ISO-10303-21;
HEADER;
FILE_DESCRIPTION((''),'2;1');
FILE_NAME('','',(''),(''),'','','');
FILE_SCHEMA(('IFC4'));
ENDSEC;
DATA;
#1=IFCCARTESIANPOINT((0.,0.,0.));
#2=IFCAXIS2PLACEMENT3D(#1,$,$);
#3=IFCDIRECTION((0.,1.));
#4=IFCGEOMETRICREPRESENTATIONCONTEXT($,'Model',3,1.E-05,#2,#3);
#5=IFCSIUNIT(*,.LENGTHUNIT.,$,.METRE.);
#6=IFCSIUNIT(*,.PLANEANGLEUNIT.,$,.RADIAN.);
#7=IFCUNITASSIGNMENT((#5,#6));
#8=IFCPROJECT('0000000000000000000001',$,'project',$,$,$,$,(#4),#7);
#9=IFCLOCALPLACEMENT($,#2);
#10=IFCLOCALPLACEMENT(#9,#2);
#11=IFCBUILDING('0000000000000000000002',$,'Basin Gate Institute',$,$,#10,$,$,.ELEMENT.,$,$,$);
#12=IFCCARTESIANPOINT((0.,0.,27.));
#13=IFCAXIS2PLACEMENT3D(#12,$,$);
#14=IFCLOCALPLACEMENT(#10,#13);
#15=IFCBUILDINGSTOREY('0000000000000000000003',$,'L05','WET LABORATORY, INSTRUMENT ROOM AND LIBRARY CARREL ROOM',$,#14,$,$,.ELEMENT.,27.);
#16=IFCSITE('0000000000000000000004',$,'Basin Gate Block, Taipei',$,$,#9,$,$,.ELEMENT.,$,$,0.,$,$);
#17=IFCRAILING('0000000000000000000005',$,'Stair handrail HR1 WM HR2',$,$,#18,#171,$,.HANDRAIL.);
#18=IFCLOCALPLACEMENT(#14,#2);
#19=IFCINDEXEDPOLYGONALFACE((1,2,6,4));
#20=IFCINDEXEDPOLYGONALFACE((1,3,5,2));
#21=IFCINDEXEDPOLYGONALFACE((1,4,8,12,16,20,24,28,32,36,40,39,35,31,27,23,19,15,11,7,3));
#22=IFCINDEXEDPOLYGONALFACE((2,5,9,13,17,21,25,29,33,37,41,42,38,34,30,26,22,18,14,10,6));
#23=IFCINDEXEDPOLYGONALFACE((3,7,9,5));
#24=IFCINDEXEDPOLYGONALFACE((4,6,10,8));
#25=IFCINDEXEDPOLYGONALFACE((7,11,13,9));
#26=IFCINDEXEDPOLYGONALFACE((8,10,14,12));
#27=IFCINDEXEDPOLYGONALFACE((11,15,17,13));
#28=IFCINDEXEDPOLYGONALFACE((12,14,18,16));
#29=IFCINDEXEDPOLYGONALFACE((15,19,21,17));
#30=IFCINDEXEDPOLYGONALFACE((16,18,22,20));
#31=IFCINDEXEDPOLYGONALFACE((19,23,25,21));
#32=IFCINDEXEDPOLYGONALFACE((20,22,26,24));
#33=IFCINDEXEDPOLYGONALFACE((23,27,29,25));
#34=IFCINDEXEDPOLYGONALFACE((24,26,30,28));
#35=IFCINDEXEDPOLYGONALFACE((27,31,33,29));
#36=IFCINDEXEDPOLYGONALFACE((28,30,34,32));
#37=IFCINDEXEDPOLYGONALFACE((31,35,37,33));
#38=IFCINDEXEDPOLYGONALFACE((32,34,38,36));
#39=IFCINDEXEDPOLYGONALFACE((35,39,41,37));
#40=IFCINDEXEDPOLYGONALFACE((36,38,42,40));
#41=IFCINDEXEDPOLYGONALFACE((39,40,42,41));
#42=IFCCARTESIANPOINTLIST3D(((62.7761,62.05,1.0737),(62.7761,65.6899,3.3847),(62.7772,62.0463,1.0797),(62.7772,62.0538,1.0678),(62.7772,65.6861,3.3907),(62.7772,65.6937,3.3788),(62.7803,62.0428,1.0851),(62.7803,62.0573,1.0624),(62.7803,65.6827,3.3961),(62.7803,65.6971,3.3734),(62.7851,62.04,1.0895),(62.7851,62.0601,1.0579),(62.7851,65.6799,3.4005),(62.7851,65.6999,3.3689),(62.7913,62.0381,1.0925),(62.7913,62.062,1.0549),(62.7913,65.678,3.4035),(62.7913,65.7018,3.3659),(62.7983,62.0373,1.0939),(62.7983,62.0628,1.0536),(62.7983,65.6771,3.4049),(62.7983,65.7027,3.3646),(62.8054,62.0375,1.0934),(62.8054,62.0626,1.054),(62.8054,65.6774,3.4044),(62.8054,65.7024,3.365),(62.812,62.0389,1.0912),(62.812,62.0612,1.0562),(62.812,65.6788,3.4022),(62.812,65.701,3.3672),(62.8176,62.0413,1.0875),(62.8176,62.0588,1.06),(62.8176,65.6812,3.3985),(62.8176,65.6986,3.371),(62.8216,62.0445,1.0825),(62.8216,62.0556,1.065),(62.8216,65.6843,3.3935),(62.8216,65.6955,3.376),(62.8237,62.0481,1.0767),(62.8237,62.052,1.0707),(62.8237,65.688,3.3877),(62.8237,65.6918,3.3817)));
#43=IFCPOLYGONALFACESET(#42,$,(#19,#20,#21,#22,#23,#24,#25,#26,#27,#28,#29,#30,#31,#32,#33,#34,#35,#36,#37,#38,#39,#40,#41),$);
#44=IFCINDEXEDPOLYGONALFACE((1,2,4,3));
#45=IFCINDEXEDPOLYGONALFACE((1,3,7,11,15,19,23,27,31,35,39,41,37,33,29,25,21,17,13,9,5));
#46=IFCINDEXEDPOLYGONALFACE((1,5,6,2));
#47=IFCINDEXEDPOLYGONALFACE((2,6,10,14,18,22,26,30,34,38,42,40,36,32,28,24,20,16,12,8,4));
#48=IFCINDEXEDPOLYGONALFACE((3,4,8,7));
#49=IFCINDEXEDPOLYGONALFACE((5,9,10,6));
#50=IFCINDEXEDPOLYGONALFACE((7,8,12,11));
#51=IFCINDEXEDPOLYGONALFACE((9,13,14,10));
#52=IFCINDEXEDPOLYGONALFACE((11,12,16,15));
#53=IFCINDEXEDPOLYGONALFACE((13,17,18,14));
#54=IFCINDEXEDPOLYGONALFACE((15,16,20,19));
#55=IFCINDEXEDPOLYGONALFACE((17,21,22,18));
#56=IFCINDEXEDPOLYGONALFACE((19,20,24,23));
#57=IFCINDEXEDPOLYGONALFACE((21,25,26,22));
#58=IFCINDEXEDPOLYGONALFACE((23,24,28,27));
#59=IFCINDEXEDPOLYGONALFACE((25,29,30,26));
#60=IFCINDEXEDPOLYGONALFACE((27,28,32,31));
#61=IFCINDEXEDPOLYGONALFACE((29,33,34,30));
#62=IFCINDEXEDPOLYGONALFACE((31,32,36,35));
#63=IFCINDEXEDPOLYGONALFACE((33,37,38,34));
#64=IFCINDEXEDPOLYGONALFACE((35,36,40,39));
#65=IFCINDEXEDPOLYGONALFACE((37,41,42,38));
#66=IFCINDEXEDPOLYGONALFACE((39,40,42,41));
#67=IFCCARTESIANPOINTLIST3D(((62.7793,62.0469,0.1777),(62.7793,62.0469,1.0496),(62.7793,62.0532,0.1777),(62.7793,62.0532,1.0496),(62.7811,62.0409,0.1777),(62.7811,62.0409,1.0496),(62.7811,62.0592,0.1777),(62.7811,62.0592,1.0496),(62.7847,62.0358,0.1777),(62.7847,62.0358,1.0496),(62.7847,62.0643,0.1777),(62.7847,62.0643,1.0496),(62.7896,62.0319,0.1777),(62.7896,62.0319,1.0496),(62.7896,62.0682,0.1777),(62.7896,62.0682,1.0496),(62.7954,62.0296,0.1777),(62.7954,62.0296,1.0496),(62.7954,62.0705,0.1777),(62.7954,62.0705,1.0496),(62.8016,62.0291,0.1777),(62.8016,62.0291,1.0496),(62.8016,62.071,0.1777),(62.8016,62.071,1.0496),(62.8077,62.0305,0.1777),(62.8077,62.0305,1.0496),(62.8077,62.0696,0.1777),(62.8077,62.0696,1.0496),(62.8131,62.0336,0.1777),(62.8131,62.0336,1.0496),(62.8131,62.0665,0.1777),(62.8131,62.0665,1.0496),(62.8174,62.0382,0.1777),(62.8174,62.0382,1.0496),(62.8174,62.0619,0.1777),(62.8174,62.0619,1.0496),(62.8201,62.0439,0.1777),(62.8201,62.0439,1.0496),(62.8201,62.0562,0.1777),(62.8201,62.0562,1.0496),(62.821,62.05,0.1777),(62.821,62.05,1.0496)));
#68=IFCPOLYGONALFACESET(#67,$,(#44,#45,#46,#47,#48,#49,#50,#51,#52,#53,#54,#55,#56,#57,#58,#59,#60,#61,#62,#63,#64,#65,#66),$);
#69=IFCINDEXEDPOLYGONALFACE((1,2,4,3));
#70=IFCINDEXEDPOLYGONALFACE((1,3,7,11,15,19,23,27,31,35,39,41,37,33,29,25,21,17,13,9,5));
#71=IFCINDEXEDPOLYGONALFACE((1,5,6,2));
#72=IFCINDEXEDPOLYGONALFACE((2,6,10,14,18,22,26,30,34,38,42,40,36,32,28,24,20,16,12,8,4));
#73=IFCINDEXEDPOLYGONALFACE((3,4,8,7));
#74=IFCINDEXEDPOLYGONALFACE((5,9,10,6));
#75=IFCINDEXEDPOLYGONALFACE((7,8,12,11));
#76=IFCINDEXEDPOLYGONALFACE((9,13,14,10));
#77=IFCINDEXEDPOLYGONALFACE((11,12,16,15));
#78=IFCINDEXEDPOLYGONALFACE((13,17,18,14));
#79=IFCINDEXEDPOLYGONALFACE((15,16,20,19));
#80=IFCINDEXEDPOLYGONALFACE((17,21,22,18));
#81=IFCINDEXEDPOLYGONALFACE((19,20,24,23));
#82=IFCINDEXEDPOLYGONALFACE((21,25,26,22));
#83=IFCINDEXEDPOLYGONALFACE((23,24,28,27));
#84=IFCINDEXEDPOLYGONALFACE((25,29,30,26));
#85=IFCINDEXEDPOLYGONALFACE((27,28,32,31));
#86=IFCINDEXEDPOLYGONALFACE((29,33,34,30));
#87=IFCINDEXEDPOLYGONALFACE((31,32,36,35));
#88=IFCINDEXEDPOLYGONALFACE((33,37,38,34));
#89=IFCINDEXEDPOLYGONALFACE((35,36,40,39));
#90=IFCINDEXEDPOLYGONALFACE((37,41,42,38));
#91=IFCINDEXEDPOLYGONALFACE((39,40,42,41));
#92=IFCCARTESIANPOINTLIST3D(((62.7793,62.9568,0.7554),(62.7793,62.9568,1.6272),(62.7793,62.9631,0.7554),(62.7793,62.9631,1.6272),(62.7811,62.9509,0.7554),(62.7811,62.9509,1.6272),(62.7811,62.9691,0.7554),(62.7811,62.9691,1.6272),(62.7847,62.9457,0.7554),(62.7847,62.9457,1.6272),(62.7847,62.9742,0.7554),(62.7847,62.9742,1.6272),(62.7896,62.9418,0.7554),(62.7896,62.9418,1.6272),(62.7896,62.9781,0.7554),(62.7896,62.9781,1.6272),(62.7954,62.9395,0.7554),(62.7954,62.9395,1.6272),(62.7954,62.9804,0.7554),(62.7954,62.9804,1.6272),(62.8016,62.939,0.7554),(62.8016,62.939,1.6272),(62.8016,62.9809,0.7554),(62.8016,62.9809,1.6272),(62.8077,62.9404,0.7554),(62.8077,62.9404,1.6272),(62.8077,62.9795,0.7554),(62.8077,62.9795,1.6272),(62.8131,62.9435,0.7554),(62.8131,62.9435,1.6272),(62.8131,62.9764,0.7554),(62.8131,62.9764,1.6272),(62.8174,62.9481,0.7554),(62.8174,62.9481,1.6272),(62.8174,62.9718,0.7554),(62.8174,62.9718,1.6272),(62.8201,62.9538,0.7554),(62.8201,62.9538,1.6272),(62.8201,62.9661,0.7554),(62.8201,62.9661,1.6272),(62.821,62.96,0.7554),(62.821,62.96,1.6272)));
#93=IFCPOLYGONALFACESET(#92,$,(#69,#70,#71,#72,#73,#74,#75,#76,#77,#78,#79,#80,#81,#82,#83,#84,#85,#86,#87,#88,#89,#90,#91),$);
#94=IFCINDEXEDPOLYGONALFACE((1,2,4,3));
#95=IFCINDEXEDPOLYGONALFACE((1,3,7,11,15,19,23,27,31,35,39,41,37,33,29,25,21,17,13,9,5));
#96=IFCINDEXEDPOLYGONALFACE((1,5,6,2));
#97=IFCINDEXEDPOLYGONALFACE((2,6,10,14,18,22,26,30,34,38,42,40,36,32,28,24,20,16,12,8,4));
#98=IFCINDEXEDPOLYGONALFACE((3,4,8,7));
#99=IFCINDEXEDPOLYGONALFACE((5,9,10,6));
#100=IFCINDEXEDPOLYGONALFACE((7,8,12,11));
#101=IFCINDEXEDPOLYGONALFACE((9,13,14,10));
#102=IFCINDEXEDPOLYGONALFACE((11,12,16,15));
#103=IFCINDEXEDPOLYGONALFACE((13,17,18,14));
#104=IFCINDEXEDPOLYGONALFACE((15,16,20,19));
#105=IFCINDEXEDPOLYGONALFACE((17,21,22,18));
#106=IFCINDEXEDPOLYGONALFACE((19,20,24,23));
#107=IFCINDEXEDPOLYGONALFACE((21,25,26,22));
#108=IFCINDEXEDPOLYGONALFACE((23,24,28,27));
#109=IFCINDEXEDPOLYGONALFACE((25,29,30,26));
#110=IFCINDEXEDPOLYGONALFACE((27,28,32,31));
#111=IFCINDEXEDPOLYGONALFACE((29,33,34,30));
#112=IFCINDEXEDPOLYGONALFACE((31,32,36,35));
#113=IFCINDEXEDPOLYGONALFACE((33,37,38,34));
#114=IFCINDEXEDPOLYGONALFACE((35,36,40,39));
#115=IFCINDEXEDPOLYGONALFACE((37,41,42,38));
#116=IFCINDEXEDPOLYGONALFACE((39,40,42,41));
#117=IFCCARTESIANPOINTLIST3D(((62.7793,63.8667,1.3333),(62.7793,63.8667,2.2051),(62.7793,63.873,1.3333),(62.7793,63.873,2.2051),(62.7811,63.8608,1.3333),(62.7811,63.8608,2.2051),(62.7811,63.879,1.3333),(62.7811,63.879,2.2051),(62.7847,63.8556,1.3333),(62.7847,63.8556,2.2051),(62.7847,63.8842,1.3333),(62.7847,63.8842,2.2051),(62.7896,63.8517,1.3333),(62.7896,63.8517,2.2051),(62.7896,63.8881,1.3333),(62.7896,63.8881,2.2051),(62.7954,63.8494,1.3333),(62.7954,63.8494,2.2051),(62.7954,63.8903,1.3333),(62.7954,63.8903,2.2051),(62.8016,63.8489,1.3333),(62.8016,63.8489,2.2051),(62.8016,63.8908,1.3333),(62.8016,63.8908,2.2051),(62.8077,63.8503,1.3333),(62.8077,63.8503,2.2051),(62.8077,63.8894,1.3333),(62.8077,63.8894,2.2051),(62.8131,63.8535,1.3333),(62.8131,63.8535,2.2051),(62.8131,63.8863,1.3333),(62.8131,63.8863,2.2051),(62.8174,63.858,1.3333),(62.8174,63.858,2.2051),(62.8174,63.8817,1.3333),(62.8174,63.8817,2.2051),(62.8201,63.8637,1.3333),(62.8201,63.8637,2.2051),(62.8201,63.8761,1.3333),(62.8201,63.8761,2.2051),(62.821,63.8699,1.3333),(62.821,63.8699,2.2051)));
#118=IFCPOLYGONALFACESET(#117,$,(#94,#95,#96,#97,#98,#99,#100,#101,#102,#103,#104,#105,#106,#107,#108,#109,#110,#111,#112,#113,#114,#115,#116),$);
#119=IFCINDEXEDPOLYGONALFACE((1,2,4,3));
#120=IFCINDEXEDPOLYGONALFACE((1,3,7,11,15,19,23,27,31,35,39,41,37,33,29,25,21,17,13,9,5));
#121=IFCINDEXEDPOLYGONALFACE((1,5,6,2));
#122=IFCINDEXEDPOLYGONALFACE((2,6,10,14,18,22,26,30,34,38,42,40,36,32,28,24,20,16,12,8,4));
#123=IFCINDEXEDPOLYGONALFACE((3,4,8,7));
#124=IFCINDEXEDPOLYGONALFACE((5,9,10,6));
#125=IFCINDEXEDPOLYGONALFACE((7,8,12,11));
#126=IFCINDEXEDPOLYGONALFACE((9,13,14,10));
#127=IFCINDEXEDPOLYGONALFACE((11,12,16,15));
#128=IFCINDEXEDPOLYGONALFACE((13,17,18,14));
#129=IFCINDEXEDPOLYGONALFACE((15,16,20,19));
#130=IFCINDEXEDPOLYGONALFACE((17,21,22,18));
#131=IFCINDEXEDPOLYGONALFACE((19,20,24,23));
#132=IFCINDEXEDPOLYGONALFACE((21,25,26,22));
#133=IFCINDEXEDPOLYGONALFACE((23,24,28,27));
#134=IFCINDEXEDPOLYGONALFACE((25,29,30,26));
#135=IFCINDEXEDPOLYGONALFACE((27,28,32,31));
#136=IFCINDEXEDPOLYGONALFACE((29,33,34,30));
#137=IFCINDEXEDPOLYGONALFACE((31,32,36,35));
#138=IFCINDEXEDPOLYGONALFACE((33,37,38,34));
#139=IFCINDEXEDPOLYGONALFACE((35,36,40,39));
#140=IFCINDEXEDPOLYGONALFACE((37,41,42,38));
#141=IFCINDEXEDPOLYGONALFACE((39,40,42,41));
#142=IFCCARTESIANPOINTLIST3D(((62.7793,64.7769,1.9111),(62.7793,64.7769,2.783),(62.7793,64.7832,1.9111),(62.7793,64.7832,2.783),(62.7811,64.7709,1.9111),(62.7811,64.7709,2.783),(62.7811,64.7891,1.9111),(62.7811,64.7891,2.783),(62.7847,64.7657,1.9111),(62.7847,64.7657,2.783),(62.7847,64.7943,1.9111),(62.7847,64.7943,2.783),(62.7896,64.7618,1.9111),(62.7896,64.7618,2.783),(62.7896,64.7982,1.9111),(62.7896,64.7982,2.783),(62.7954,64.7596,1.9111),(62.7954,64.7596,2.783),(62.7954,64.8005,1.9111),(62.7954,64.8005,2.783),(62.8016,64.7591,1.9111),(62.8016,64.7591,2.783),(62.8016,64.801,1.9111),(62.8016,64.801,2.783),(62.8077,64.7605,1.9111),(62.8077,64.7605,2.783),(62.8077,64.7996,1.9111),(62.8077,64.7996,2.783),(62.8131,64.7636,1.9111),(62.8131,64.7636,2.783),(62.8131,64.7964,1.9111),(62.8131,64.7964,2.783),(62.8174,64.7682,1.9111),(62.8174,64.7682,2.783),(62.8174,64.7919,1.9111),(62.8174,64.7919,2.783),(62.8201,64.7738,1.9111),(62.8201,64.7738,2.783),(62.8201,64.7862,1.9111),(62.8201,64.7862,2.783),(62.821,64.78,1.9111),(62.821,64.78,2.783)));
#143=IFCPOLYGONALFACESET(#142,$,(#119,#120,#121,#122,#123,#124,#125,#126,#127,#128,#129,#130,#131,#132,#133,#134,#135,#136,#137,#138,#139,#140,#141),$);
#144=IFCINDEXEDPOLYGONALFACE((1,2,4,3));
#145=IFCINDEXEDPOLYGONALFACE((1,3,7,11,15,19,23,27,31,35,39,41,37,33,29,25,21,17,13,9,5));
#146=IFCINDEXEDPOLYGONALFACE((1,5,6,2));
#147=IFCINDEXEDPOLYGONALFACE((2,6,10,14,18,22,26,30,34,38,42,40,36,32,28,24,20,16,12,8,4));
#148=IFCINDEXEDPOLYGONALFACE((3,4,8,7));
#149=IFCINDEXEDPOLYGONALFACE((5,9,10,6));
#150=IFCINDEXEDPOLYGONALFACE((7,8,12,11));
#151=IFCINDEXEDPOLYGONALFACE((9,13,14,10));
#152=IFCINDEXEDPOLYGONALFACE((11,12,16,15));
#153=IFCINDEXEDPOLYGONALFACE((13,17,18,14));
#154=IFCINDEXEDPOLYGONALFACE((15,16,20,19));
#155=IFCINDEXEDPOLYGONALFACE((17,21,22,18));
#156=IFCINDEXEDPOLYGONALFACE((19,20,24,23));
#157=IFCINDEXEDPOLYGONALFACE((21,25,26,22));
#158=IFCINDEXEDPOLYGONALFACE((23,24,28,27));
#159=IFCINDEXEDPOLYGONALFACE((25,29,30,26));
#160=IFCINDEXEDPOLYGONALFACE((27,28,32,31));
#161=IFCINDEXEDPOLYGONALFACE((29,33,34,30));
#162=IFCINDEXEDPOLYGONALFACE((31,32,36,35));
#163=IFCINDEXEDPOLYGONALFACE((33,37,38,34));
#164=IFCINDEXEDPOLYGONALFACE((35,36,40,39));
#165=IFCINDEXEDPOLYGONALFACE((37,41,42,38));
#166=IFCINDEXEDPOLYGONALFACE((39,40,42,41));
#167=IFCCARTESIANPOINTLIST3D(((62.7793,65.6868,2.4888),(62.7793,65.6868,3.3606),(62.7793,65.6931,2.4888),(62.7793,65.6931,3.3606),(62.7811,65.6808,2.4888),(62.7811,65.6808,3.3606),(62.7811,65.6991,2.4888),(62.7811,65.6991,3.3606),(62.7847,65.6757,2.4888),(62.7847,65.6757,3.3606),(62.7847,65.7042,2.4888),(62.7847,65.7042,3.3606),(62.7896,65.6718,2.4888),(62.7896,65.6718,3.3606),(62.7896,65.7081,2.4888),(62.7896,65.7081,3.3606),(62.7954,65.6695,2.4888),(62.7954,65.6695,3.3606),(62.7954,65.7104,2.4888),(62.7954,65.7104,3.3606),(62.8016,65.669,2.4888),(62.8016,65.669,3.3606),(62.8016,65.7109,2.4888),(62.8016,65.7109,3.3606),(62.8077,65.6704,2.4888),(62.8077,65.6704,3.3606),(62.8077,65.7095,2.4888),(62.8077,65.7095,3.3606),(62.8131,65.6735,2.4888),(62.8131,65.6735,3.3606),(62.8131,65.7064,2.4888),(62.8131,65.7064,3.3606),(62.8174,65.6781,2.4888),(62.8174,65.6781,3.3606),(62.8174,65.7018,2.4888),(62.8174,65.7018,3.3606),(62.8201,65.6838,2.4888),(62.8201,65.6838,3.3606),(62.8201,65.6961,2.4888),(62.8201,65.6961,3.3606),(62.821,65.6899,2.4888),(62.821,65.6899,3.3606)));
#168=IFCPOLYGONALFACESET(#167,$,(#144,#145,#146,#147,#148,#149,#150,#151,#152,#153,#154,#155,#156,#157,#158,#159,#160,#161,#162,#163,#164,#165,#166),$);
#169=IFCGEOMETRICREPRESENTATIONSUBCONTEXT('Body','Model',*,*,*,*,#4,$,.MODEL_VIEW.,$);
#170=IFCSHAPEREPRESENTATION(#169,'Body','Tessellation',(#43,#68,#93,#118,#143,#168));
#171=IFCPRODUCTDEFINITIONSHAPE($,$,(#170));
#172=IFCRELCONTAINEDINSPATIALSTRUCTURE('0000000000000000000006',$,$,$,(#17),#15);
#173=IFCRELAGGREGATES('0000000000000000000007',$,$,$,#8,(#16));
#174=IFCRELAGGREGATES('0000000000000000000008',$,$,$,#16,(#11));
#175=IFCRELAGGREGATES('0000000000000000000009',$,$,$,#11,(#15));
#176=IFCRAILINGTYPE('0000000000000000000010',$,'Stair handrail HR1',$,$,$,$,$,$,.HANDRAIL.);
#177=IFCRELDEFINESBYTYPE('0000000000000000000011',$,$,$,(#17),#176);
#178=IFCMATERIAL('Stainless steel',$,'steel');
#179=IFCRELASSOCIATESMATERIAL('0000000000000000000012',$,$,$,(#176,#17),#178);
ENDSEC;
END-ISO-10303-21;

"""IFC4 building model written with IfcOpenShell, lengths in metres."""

from ifc_helpers import new_model, si_unit, direction, frame, origin, origin_2d, place, context, subcontext, project, spatial, circle, extrude, material, type_object, element, save


model = new_model("IFC4")

# Units and contexts
model_context = context("Model", 3, precision=1e-05, world=origin(), true_north=direction((0.0, 1.0)))
body_context = subcontext(model_context, "Body", "Model", "MODEL_VIEW")
ifc_project = project(units=[si_unit("LENGTHUNIT", "METRE"), si_unit("PLANEANGLEUNIT", "RADIAN")], contexts=[model_context])

# Site, building, storey
site_placement = place(None, origin())
site = spatial("IfcSite", under=ifc_project, at=site_placement, Name="Basin Gate Block, Taipei", CompositionType="ELEMENT", RefElevation=0.0)
building_placement = place(site_placement, origin())
building = spatial("IfcBuilding", under=site, at=building_placement, Name="Basin Gate Institute", CompositionType="ELEMENT")
storey_placement = place(building_placement, frame((0.0, 0.0, 27.0)))
storey = spatial("IfcBuildingStorey", under=building, at=storey_placement, Name="L05", Description="WET LABORATORY, INSTRUMENT ROOM AND LIBRARY CARREL ROOM", CompositionType="ELEMENT", Elevation=27.0)

# Railing
ifc_material_1 = material(Name="Stainless steel", Category="steel")
railing_type_1 = type_object("IfcRailingType", Name="Stair handrail HR1", PredefinedType="HANDRAIL", material=ifc_material_1)
for number, where, name in (
    (1, (62.8, 62.05, 0.1777), "Stair handrail HR1 WM HR2"),
):
    element("IfcRailing", number, at=place(storey_placement, frame(where)), inside=storey, type_object=railing_type_1, material=ifc_material_1, Name=name, PredefinedType="HANDRAIL", context=body_context, shape_type="SweptSolid", body=[
        extrude(circle(Radius=0.0239, at=origin_2d()), frame((0.0, 0.0, 0.896), z_axis=(0.0, 0.844214, 0.536007), x_axis=(-1.0, 0.0, 0.0)), (0.0, 0.0, 1.0), 4.3115),
        extrude(circle(Radius=0.021, at=origin_2d()), origin(), (0.0, 0.0, 1.0), 0.8718),
        extrude(circle(Radius=0.021, at=origin_2d()), frame((0.0, 0.9099, 0.5776)), (0.0, 0.0, 1.0), 0.8718),
        extrude(circle(Radius=0.021, at=origin_2d()), frame((0.0, 1.8198, 1.1555)), (0.0, 0.0, 1.0), 0.8718),
        extrude(circle(Radius=0.021, at=origin_2d()), frame((0.0, 2.73, 1.7334)), (0.0, 0.0, 1.0), 0.8718),
        extrude(circle(Radius=0.021, at=origin_2d()), frame((0.0, 3.6399, 2.311)), (0.0, 0.0, 1.0), 0.8718),
    ])

save(model, "model.ifc")
